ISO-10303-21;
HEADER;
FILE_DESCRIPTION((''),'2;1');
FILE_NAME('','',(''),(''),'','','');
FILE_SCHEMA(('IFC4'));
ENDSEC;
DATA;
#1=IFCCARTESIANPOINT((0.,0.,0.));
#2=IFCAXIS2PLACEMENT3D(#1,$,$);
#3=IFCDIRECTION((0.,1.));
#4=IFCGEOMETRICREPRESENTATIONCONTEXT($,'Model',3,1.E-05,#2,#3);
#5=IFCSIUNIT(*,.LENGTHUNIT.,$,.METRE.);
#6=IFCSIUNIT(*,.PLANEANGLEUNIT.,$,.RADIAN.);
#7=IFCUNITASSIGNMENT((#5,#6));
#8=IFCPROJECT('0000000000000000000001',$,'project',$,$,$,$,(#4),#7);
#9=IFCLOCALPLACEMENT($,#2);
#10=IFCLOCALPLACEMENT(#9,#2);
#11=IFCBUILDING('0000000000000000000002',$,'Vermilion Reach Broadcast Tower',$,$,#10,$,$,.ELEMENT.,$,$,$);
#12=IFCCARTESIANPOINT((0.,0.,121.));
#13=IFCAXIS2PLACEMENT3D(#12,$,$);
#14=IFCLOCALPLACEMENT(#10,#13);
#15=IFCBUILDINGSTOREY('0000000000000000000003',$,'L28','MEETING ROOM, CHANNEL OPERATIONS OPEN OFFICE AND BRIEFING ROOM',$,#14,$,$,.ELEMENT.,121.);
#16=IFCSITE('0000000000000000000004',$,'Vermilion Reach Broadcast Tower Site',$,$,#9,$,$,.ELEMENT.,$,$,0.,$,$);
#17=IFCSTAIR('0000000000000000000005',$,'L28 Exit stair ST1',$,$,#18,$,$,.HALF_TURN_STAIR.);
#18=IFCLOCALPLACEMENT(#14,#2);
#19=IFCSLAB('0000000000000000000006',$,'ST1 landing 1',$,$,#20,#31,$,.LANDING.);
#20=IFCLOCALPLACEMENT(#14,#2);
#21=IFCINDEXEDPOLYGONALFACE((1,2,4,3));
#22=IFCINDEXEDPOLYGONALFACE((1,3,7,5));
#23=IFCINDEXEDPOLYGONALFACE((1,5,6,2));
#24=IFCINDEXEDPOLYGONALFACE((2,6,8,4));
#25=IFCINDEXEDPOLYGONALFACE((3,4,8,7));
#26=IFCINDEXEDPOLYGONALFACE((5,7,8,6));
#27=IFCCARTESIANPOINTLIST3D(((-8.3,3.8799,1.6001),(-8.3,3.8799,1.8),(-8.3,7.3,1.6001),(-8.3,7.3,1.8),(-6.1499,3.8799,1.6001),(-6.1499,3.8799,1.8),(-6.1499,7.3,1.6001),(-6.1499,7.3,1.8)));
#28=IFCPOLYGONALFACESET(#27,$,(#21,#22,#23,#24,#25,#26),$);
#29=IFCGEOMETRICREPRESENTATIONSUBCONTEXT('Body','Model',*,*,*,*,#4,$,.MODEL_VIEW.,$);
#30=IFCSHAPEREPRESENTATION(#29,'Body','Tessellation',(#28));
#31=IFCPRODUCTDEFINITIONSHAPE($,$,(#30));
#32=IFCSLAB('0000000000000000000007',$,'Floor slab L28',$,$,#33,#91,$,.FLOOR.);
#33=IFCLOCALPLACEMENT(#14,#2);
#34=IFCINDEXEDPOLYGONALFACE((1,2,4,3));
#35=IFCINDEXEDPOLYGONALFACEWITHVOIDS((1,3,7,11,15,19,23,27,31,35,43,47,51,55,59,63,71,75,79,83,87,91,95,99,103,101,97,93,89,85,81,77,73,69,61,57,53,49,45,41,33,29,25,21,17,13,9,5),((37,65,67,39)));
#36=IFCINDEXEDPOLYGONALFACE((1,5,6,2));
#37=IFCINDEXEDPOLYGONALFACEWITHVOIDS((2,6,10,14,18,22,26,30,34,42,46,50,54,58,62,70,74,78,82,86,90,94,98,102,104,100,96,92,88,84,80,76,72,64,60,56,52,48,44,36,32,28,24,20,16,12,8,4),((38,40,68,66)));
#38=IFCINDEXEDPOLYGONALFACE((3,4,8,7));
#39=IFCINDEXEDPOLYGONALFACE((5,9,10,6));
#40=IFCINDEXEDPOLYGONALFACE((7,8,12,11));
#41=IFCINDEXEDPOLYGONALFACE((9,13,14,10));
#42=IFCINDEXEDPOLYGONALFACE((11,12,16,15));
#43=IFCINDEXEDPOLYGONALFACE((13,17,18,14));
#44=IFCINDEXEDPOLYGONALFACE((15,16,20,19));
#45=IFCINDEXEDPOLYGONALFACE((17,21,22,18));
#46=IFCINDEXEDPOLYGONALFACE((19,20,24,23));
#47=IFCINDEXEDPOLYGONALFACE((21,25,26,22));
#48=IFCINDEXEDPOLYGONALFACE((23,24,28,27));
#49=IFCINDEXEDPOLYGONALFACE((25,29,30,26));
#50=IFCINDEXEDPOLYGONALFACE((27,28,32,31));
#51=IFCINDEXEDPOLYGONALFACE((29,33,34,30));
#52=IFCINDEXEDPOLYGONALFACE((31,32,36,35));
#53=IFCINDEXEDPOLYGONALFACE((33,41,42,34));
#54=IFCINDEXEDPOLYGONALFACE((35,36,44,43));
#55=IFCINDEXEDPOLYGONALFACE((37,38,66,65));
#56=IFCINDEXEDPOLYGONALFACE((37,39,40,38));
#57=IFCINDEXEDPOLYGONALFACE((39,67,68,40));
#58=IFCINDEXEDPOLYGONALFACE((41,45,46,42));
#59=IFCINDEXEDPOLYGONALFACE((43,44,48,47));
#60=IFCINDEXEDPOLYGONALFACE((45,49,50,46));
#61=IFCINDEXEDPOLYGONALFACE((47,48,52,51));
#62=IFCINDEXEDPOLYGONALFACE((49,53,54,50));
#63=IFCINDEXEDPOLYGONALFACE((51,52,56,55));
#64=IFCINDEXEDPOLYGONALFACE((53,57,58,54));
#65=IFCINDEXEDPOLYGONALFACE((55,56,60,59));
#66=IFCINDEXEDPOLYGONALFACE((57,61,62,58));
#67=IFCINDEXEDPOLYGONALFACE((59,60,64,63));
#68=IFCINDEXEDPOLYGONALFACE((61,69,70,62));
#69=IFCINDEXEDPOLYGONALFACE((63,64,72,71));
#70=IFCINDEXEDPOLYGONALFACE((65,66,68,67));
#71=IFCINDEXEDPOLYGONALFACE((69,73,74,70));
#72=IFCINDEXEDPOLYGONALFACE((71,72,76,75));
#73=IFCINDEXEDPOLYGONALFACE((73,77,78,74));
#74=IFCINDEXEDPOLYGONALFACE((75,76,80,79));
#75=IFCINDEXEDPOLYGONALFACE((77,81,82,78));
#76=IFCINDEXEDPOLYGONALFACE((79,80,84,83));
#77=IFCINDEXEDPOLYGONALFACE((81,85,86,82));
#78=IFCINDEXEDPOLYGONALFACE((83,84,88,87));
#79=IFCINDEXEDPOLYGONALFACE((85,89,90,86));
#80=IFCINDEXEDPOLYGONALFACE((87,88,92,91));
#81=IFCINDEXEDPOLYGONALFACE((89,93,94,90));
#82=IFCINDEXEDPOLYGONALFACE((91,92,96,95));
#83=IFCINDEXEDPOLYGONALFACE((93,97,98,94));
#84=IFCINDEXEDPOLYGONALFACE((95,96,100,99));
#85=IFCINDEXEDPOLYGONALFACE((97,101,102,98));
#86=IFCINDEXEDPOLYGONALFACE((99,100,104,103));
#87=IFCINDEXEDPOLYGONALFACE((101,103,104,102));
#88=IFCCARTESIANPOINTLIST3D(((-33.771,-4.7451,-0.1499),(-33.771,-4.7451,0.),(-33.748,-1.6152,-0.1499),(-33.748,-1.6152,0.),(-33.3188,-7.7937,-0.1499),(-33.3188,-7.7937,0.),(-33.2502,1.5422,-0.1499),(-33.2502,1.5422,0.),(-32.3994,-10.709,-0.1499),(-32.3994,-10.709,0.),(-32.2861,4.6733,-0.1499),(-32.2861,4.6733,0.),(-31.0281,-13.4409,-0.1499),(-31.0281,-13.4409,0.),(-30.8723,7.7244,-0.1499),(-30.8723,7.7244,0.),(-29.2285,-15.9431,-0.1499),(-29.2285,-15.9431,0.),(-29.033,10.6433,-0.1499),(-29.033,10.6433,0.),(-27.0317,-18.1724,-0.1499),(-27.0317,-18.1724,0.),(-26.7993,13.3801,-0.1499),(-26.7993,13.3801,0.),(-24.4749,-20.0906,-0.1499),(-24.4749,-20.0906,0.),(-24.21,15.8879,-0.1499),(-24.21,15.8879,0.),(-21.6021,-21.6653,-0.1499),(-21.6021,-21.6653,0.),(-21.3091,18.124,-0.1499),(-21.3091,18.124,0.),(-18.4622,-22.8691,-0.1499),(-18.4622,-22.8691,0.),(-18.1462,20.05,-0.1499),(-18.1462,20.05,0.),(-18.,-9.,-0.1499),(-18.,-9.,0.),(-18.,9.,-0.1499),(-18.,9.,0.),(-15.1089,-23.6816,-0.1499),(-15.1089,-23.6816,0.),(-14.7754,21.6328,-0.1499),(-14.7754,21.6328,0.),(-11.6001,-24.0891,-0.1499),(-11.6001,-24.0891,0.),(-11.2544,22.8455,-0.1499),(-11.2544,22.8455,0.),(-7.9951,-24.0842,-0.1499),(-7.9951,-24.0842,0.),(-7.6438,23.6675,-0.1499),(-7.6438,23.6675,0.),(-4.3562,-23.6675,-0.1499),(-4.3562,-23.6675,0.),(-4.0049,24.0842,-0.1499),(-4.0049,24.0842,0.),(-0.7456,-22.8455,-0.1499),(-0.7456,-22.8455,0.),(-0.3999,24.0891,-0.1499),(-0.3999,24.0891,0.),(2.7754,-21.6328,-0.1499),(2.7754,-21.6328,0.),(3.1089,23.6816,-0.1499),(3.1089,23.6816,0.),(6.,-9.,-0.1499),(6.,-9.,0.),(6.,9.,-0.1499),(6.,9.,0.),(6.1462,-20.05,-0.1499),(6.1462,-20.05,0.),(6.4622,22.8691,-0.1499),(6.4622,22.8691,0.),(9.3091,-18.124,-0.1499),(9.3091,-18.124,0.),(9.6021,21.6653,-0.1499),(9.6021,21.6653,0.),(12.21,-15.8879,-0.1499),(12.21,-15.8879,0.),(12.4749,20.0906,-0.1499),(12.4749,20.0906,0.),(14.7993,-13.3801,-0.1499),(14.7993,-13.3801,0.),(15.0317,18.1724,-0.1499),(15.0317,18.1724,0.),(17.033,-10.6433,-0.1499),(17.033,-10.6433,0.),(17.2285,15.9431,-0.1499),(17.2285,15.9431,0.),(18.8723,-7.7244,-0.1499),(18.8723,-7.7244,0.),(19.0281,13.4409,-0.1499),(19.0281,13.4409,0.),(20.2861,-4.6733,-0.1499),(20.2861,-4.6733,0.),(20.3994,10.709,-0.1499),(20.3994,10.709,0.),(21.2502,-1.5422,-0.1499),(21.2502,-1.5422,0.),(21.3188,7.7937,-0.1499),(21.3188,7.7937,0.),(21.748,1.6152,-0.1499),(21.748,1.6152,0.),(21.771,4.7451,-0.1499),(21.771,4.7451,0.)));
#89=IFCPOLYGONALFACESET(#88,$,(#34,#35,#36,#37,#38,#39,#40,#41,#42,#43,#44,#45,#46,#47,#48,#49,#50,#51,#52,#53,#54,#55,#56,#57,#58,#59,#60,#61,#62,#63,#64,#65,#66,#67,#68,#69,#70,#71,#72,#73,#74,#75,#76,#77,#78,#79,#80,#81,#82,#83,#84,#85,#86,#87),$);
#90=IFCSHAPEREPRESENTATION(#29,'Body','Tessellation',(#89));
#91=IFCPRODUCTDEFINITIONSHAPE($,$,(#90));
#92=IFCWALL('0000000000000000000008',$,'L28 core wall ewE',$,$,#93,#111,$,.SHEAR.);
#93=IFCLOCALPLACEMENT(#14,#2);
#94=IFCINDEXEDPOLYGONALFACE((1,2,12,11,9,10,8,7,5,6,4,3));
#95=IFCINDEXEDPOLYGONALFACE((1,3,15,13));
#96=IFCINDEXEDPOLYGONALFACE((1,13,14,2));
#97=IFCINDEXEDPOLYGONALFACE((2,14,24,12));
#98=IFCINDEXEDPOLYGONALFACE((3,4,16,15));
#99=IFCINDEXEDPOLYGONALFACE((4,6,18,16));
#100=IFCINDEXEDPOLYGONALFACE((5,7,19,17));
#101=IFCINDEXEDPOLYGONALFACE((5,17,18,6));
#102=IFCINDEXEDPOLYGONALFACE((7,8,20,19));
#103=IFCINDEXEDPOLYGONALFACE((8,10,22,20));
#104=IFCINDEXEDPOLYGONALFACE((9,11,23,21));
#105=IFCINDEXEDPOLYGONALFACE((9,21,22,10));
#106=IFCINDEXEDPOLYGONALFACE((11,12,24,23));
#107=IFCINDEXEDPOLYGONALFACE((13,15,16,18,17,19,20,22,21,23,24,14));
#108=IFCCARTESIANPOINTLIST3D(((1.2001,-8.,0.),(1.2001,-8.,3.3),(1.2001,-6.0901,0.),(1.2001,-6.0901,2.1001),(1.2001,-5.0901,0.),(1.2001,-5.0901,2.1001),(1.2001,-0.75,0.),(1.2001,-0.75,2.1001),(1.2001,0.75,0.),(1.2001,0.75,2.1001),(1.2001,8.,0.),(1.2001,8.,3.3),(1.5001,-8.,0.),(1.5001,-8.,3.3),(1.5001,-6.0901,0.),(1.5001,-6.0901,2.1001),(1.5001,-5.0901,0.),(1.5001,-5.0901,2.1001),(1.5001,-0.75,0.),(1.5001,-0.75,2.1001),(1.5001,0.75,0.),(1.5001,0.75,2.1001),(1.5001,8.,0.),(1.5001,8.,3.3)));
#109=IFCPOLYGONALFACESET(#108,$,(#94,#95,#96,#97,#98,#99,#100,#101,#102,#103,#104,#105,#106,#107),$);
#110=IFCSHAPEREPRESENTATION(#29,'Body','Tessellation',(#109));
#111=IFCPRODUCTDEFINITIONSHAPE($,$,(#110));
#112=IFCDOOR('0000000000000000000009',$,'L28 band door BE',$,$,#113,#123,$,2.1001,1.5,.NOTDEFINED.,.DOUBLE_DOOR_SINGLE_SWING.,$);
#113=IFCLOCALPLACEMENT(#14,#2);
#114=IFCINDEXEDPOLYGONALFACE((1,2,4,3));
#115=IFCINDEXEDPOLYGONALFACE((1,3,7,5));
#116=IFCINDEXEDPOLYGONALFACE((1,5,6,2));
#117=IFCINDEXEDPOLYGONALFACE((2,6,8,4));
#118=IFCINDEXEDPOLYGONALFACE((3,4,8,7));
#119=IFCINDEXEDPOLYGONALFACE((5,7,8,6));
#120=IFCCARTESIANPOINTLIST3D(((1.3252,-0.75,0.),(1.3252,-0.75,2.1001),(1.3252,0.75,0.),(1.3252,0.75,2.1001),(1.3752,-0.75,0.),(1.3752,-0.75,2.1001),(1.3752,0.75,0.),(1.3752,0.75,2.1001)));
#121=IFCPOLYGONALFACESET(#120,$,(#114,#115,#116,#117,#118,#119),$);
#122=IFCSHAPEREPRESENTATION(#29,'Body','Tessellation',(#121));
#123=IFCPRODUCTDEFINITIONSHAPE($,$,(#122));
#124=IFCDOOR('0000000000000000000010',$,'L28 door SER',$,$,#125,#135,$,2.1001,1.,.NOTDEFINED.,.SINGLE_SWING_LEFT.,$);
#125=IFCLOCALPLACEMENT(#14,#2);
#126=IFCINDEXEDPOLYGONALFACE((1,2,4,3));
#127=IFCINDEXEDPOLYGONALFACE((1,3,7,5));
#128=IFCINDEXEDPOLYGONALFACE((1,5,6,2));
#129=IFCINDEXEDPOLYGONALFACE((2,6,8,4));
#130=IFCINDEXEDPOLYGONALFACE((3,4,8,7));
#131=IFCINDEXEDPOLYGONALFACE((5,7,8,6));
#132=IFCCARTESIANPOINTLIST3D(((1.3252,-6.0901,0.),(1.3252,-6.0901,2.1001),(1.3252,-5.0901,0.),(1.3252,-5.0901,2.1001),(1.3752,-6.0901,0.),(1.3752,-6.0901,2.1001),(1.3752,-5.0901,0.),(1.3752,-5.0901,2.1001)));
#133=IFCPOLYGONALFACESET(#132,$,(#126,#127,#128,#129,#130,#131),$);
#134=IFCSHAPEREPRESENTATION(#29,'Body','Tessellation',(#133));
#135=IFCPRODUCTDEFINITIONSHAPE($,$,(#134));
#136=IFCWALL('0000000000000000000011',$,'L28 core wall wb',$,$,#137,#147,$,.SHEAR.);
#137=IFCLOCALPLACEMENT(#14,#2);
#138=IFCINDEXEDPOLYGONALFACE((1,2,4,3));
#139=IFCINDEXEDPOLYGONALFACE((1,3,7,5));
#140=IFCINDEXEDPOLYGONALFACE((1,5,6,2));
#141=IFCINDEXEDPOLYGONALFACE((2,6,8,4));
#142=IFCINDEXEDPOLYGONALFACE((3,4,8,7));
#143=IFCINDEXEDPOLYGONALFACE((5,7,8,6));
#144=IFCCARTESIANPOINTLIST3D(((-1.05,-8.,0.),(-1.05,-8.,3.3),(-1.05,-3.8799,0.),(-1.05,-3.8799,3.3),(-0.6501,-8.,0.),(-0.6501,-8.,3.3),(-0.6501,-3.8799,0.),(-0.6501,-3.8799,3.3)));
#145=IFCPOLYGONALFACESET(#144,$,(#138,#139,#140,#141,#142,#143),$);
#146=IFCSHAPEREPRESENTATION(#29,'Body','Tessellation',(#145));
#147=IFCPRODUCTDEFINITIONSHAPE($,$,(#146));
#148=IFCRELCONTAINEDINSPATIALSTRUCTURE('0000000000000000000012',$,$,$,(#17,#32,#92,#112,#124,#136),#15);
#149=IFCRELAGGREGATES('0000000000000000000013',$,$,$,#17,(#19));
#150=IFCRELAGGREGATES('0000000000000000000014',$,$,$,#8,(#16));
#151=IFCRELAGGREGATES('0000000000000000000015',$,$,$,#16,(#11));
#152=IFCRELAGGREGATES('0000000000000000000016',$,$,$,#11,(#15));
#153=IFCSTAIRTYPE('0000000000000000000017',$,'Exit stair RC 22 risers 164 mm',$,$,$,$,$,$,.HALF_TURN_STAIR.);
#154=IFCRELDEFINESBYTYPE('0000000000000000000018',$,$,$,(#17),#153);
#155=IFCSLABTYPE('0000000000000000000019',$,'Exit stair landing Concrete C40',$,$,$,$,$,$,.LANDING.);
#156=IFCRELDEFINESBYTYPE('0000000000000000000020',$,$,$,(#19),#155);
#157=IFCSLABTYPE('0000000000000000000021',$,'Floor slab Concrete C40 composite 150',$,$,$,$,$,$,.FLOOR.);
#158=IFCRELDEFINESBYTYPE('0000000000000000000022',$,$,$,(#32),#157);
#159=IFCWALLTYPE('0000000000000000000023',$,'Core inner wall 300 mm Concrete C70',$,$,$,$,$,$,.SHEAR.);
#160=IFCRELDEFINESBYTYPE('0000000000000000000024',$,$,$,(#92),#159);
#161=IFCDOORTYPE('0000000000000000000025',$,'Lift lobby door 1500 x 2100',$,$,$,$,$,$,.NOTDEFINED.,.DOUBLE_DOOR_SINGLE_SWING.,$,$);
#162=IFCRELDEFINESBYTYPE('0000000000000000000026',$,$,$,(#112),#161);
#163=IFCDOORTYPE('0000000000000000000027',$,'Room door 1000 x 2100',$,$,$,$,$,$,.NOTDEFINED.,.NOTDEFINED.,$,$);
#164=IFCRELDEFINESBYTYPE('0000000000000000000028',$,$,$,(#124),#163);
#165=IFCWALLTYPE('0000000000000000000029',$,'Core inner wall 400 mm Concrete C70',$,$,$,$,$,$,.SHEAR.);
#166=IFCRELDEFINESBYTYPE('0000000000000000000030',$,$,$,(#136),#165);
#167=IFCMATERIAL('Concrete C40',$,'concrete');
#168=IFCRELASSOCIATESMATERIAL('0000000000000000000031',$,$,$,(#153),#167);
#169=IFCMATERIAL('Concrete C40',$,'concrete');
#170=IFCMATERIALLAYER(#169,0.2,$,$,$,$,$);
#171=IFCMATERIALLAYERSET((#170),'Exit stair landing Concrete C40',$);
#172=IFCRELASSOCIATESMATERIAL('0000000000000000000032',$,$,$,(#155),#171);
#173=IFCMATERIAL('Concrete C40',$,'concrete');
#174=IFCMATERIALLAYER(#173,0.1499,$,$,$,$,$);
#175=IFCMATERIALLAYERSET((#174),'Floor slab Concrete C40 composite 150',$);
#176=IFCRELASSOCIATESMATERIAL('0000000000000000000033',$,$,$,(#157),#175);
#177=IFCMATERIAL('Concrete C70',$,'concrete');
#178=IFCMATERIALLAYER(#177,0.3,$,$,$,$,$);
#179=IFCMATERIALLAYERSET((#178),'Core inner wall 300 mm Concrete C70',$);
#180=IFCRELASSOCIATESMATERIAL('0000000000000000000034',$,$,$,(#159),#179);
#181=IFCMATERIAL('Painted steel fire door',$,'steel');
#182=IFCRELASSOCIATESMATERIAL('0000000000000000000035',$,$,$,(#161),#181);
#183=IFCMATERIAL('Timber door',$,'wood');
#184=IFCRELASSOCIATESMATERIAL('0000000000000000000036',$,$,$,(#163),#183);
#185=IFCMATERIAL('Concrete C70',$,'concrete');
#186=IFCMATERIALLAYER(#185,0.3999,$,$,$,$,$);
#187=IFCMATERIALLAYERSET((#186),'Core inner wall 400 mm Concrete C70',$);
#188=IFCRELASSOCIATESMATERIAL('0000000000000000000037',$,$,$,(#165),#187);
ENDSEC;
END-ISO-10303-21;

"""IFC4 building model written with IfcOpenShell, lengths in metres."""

from ifc_helpers import new_model, si_unit, direction, frame, frame_2d, origin, place, context, subcontext, project, spatial, polyline, rectangle, outline, extrude, material, layer, layer_set, type_object, element, fill, aggregate, save


model = new_model("IFC4")

# Units and contexts
model_context = context("Model", 3, precision=1e-05, world=origin(), true_north=direction((0.0, 1.0)))
body_context = subcontext(model_context, "Body", "Model", "MODEL_VIEW")
ifc_project = project(units=[si_unit("LENGTHUNIT", "METRE"), si_unit("PLANEANGLEUNIT", "RADIAN")], contexts=[model_context])

# Site, building, storey
site_placement = place(None, origin())
site = spatial("IfcSite", under=ifc_project, at=site_placement, Name="Vermilion Reach Broadcast Tower Site", CompositionType="ELEMENT", RefElevation=0.0)
building_placement = place(site_placement, origin())
building = spatial("IfcBuilding", under=site, at=building_placement, Name="Vermilion Reach Broadcast Tower", CompositionType="ELEMENT")
storey_placement = place(building_placement, frame((0.0, 0.0, 121.0)))
storey = spatial("IfcBuildingStorey", under=building, at=storey_placement, Name="L28", Description="MEETING ROOM, CHANNEL OPERATIONS OPEN OFFICE AND BRIEFING ROOM", CompositionType="ELEMENT", Elevation=121.0)

# Stair, slab
ifc_material_1 = material(Name="Concrete C40", Category="concrete")
stair_type = type_object("IfcStairType", Name="Exit stair RC 22 risers 164 mm", PredefinedType="HALF_TURN_STAIR", material=ifc_material_1)
placement_1 = place(storey_placement, origin())
stair_1 = element("IfcStair", 1, at=placement_1, inside=storey, type_object=stair_type, Name="L28 Exit stair ST1", PredefinedType="HALF_TURN_STAIR")
ifc_material_2 = material(Name="Concrete C40", Category="concrete")
ifc_layer_1 = layer(ifc_material_2, 0.2)
ifc_layer_set_1 = layer_set([ifc_layer_1], Name="Exit stair landing Concrete C40")
slab_type_1 = type_object("IfcSlabType", Name="Exit stair landing Concrete C40", PredefinedType="LANDING", material=ifc_layer_set_1)
slab_1_placement = place(storey_placement, frame((0.0, 0.0, 1.6001)))
slab_1 = element("IfcSlab", 2, at=slab_1_placement, type_object=slab_type_1, Name="ST1 landing 1", PredefinedType="LANDING", context=body_context, shape_type="SweptSolid", body=[
    extrude(outline(polyline([(-8.3, 3.8799), (-6.1499, 3.8799), (-6.1499, 7.3), (-8.3, 7.3), (-8.3, 3.8799)])), origin(), (0.0, 0.0, 1.0), 0.2),
])
aggregate(stair_1, [slab_1])

# Slab
ifc_material_3 = material(Name="Concrete C40", Category="concrete")
ifc_layer_2 = layer(ifc_material_3, 0.1499)
ifc_layer_set_2 = layer_set([ifc_layer_2], Name="Floor slab Concrete C40 composite 150")
slab_type_2 = type_object("IfcSlabType", Name="Floor slab Concrete C40 composite 150", PredefinedType="FLOOR", material=ifc_layer_set_2)
slab_2_placement = place(storey_placement, frame((0.0, 0.0, -0.1499)))
element("IfcSlab", 3, at=slab_2_placement, inside=storey, type_object=slab_type_2, Name="Floor slab L28", PredefinedType="FLOOR", context=body_context, shape_type="SweptSolid", body=[
    extrude(outline(polyline([(20.3994, 10.709), (19.0281, 13.4409), (17.2285, 15.9431), (15.0317, 18.1724), (12.4749, 20.0906), (9.6021, 21.6653), (6.4622, 22.8691), (3.1089, 23.6816), (-0.3999, 24.0891), (-4.0049, 24.0842), (-7.6438, 23.6675), (-11.2544, 22.8455), (-14.7754, 21.6328), (-18.1462, 20.05), (-21.3091, 18.124), (-24.21, 15.8879), (-26.7993, 13.3801), (-29.033, 10.6433), (-30.8723, 7.7244), (-32.2861, 4.6733), (-33.2502, 1.5422), (-33.748, -1.6152), (-33.771, -4.7451), (-33.3188, -7.7937), (-32.3994, -10.709), (-31.0281, -13.4409), (-29.2285, -15.9431), (-27.0317, -18.1724), (-24.4749, -20.0906), (-21.6021, -21.6653), (-18.4622, -22.8691), (-15.1089, -23.6816), (-11.6001, -24.0891), (-7.9951, -24.0842), (-4.3562, -23.6675), (-0.7456, -22.8455), (2.7754, -21.6328), (6.1462, -20.05), (9.3091, -18.124), (12.21, -15.8879), (14.7993, -13.3801), (17.033, -10.6433), (18.8723, -7.7244), (20.2861, -4.6733), (21.2502, -1.5422), (21.748, 1.6152), (21.771, 4.7451), (21.3188, 7.7937), (20.3994, 10.709)]), holes=[polyline([(-18.0, -9.0), (6.0, -9.0), (6.0, 9.0), (-18.0, 9.0), (-18.0, -9.0)])]), origin(), (0.0, 0.0, 1.0), 0.1499),
])

# Wall, openings, doors
ifc_material_4 = material(Name="Concrete C70", Category="concrete")
ifc_layer_3 = layer(ifc_material_4, 0.3)
ifc_layer_set_3 = layer_set([ifc_layer_3], Name="Core inner wall 300 mm Concrete C70")
wall_type_1 = type_object("IfcWallType", Name="Core inner wall 300 mm Concrete C70", PredefinedType="SHEAR", material=ifc_layer_set_3)
wall_1_placement = place(storey_placement, frame((1.3501, -8.0, 0.0), z_axis=(0.0, 0.0, 1.0), x_axis=(0.0, 1.0, 0.0)))
wall_1 = element("IfcWall", 4, at=wall_1_placement, inside=storey, type_object=wall_type_1, Name="L28 core wall ewE", PredefinedType="SHEAR", context=body_context, shape_type="SweptSolid", body=[
    extrude(rectangle(XDim=16.0, YDim=0.3, at=frame_2d((8.0, 0.0))), origin(), (0.0, 0.0, 1.0), 3.3),
])
opening_1_placement = place(wall_1_placement, frame((1.9099, 0.0, 0.0)))
opening_1 = element("IfcOpeningElement", 5, at=opening_1_placement, cuts=wall_1, PredefinedType="OPENING", context=body_context, shape_type="SweptSolid", body=[
    extrude(rectangle(XDim=1.0, YDim=2.1001, at=frame_2d((0.5, 1.05))), frame((0.0, 0.1599, 0.0), z_axis=(0.0, -1.0, 0.0), x_axis=(1.0, 0.0, 0.0)), (0.0, 0.0, 1.0), 0.3201),
])
opening_2_placement = place(wall_1_placement, frame((7.25, 0.0, 0.0)))
opening_2 = element("IfcOpeningElement", 6, at=opening_2_placement, cuts=wall_1, PredefinedType="OPENING", context=body_context, shape_type="SweptSolid", body=[
    extrude(rectangle(XDim=1.5, YDim=2.1001, at=frame_2d((0.75, 1.05))), frame((0.0, 0.1599, 0.0), z_axis=(0.0, -1.0, 0.0), x_axis=(1.0, 0.0, 0.0)), (0.0, 0.0, 1.0), 0.3201),
])
ifc_material_5 = material(Name="Painted steel fire door", Category="steel")
door_type_1 = type_object("IfcDoorType", Name="Lift lobby door 1500 x 2100", OperationType="DOUBLE_DOOR_SINGLE_SWING", PredefinedType="NOTDEFINED", material=ifc_material_5)
door_1_placement = place(opening_2_placement, origin())
door_1 = element("IfcDoor", 7, at=door_1_placement, inside=storey, type_object=door_type_1, Name="L28 band door BE", OperationType="DOUBLE_DOOR_SINGLE_SWING", OverallHeight=2.1001, OverallWidth=1.5, PredefinedType="NOTDEFINED", context=body_context, shape_type="SweptSolid", body=[
    extrude(rectangle(XDim=1.5, YDim=2.1001, at=frame_2d((0.75, 1.05))), frame((0.0, 0.0249, 0.0), z_axis=(0.0, -1.0, 0.0), x_axis=(1.0, 0.0, 0.0)), (0.0, 0.0, 1.0), 0.05),
])
fill(opening_2, door_1)
ifc_material_6 = material(Name="Timber door", Category="wood")
door_type_2 = type_object("IfcDoorType", Name="Room door 1000 x 2100", OperationType="NOTDEFINED", PredefinedType="NOTDEFINED", material=ifc_material_6)
door_2_placement = place(opening_1_placement, origin())
door_2 = element("IfcDoor", 8, at=door_2_placement, inside=storey, type_object=door_type_2, Name="L28 door SER", OperationType="SINGLE_SWING_LEFT", OverallHeight=2.1001, OverallWidth=1.0, PredefinedType="NOTDEFINED", context=body_context, shape_type="SweptSolid", body=[
    extrude(rectangle(XDim=1.0, YDim=2.1001, at=frame_2d((0.5, 1.05))), frame((0.0, 0.0249, 0.0), z_axis=(0.0, -1.0, 0.0), x_axis=(1.0, 0.0, 0.0)), (0.0, 0.0, 1.0), 0.05),
])
fill(opening_1, door_2)

# Wall
ifc_material_7 = material(Name="Concrete C70", Category="concrete")
ifc_layer_4 = layer(ifc_material_7, 0.3999)
ifc_layer_set_4 = layer_set([ifc_layer_4], Name="Core inner wall 400 mm Concrete C70")
wall_type_2 = type_object("IfcWallType", Name="Core inner wall 400 mm Concrete C70", PredefinedType="SHEAR", material=ifc_layer_set_4)
wall_2_placement = place(storey_placement, frame((-0.8501, -3.8799, 0.0), z_axis=(0.0, 0.0, 1.0), x_axis=(0.0, -1.0, 0.0)))
element("IfcWall", 9, at=wall_2_placement, inside=storey, type_object=wall_type_2, Name="L28 core wall wb", PredefinedType="SHEAR", context=body_context, shape_type="SweptSolid", body=[
    extrude(rectangle(XDim=4.1201, YDim=0.3999, at=frame_2d((2.0601, 0.0))), origin(), (0.0, 0.0, 1.0), 3.3),
])

save(model, "model.ifc")
